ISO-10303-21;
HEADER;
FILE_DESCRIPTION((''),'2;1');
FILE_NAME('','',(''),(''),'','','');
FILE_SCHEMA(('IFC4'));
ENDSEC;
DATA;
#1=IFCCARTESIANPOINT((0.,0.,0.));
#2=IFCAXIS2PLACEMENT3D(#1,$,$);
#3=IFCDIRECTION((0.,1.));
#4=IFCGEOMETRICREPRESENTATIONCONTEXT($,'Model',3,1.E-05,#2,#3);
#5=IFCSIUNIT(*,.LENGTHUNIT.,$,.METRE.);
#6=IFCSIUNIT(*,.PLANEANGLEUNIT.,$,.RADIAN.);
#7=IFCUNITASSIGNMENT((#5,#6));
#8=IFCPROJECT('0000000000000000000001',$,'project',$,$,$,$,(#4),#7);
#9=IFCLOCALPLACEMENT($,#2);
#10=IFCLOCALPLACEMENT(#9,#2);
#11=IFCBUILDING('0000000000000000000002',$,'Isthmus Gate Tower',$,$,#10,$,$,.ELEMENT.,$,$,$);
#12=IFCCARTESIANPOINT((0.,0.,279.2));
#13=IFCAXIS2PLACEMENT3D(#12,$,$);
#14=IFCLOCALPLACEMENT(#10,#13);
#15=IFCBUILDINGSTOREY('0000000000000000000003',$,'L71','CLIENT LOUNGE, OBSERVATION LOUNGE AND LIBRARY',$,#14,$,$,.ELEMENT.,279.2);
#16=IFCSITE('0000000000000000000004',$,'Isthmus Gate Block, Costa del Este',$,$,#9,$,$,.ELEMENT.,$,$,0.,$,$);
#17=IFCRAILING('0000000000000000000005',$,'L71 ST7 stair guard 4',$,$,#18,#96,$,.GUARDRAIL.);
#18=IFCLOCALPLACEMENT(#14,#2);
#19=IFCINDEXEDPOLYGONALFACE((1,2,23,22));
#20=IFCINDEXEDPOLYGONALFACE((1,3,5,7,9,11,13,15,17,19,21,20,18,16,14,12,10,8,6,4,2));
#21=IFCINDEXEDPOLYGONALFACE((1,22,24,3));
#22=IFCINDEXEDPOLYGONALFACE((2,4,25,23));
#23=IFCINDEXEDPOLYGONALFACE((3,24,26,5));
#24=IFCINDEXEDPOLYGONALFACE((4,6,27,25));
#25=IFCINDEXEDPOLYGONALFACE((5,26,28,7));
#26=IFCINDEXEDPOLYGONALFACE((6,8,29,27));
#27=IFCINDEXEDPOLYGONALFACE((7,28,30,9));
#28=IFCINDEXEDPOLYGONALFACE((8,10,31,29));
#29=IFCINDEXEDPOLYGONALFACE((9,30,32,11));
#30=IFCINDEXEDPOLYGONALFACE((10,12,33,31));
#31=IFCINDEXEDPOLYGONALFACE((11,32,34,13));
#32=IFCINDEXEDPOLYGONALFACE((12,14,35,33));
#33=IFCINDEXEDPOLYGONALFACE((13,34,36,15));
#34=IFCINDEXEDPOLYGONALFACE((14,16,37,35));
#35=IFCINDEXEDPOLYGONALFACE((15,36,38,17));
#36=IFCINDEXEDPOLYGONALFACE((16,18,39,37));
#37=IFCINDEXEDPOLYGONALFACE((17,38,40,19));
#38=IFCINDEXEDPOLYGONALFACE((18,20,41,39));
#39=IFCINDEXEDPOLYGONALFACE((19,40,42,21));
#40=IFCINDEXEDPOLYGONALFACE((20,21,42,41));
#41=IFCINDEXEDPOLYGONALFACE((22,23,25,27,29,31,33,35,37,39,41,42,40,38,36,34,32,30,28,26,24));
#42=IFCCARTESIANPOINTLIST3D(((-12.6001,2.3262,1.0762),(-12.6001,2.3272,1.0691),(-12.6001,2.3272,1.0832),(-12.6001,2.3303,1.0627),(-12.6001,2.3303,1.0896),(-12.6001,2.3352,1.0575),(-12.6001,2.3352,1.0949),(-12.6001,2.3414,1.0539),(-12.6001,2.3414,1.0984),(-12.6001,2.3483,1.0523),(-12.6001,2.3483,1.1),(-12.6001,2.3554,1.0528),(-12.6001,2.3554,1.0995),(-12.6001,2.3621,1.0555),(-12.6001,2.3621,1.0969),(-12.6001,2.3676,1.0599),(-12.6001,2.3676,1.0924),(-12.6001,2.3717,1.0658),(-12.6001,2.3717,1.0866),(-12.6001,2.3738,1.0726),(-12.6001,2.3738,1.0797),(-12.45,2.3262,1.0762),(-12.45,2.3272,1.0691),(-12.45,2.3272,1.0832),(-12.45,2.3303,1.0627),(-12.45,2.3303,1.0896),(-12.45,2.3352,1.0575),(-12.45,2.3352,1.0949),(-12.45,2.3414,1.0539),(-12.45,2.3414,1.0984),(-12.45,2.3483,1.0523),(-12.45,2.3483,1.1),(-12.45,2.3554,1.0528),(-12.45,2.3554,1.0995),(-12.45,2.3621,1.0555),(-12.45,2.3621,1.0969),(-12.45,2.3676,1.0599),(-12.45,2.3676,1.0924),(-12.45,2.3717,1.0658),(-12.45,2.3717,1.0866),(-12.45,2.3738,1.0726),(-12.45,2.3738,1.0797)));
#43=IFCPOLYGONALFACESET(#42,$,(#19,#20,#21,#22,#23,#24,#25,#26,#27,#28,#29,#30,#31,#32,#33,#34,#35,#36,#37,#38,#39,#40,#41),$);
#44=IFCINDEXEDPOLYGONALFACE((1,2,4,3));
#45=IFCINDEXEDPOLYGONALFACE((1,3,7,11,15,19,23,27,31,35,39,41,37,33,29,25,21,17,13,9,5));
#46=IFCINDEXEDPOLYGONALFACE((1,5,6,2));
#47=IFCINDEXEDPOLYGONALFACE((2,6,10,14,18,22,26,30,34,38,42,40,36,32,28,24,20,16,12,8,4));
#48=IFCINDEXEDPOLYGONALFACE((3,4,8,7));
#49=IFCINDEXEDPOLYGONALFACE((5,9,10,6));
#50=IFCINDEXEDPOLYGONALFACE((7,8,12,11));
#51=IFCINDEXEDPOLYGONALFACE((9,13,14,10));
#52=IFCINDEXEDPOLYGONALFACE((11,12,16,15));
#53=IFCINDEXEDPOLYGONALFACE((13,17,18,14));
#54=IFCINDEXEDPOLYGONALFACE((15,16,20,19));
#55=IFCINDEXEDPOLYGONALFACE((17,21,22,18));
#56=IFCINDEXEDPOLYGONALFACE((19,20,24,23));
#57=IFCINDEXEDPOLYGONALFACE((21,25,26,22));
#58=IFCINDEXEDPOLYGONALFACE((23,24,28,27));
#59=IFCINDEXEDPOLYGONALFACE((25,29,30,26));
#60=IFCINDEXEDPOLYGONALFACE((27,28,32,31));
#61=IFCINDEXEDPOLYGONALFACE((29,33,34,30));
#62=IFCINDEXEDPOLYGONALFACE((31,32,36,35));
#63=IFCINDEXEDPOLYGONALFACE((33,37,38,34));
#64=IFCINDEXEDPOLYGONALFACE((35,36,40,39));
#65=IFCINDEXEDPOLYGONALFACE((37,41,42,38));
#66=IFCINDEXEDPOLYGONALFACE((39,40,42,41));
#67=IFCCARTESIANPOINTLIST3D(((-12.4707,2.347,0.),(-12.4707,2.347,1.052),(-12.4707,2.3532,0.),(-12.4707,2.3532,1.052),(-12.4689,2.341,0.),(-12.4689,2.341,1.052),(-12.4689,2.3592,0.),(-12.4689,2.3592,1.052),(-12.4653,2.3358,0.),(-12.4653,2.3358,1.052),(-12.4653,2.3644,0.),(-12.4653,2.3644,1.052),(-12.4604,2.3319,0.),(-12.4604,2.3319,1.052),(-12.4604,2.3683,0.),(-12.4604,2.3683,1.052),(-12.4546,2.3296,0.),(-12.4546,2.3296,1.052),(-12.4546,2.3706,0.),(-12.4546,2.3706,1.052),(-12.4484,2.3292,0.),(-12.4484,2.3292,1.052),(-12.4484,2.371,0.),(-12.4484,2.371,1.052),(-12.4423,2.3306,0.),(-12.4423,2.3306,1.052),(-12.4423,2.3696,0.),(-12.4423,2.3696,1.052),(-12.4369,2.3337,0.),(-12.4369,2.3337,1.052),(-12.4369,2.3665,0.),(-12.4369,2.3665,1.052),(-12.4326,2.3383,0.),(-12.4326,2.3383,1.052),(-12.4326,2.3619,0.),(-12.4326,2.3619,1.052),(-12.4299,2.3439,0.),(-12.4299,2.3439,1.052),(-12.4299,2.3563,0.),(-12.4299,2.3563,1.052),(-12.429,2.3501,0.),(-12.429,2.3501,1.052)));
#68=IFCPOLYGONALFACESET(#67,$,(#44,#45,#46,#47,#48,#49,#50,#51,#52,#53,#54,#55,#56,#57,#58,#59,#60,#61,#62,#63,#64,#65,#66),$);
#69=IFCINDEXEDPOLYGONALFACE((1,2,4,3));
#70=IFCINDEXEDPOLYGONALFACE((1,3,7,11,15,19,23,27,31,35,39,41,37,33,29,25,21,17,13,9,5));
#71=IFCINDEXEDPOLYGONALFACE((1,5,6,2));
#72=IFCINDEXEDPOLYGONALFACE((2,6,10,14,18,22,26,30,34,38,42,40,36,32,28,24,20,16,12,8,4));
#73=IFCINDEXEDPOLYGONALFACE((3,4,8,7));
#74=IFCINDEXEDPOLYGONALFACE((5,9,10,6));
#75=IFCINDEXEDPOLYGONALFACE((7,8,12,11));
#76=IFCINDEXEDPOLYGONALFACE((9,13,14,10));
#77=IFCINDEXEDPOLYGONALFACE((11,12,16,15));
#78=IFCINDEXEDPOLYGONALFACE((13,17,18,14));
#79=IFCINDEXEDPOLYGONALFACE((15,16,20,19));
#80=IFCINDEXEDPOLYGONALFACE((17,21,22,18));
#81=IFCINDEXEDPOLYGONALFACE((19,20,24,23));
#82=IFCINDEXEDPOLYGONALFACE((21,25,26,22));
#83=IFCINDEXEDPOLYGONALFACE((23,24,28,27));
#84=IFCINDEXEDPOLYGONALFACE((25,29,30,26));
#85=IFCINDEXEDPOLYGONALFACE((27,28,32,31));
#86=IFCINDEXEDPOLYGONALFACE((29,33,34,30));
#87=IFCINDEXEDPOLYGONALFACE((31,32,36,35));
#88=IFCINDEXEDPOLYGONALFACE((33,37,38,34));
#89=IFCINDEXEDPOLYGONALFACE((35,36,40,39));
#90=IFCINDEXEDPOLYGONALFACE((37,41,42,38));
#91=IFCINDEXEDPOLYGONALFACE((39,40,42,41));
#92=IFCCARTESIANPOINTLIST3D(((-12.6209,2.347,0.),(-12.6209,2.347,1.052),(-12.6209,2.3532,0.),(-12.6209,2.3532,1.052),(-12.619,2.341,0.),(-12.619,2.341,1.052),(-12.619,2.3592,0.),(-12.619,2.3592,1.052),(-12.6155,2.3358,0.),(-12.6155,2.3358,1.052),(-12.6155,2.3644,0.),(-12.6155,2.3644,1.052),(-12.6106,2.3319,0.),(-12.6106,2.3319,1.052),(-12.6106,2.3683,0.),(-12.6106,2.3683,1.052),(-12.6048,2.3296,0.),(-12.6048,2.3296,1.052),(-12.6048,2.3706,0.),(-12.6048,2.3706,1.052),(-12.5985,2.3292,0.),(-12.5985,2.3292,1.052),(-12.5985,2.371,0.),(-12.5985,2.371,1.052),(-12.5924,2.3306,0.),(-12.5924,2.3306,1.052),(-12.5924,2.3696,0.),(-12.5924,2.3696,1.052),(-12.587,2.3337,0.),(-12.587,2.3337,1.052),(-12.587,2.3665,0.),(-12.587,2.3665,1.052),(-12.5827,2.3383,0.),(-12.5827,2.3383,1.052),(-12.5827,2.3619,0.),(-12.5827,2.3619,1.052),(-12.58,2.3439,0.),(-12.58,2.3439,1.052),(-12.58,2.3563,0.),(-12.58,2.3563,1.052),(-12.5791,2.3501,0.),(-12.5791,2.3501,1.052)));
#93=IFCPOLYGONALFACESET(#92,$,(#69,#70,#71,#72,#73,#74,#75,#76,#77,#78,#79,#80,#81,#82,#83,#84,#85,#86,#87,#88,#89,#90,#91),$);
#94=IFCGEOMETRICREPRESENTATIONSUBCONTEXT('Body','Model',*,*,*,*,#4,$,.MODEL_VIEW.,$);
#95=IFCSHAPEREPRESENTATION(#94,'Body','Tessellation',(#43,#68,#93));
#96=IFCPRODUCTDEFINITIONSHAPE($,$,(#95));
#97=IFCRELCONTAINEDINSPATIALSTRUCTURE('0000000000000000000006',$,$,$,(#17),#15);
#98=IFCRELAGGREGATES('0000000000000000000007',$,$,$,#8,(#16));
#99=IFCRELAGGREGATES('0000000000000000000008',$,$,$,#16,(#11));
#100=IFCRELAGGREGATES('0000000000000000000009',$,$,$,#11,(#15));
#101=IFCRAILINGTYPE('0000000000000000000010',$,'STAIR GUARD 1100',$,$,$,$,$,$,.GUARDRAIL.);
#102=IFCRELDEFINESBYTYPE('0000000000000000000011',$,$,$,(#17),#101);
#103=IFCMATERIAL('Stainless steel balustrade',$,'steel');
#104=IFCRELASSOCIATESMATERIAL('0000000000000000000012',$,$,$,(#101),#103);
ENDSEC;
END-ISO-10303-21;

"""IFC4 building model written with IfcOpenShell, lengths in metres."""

from ifc_helpers import new_model, si_unit, direction, frame, origin, origin_2d, place, context, subcontext, project, spatial, circle, extrude, material, type_object, element, save


model = new_model("IFC4")

# Units and contexts
model_context = context("Model", 3, precision=1e-05, world=origin(), true_north=direction((0.0, 1.0)))
body_context = subcontext(model_context, "Body", "Model", "MODEL_VIEW")
ifc_project = project(units=[si_unit("LENGTHUNIT", "METRE"), si_unit("PLANEANGLEUNIT", "RADIAN")], contexts=[model_context])

# Site, building, storey
site_placement = place(None, origin())
site = spatial("IfcSite", under=ifc_project, at=site_placement, Name="Isthmus Gate Block, Costa del Este", CompositionType="ELEMENT", RefElevation=0.0)
building_placement = place(site_placement, origin())
building = spatial("IfcBuilding", under=site, at=building_placement, Name="Isthmus Gate Tower", CompositionType="ELEMENT")
storey_placement = place(building_placement, frame((0.0, 0.0, 279.2)))
storey = spatial("IfcBuildingStorey", under=building, at=storey_placement, Name="L71", Description="CLIENT LOUNGE, OBSERVATION LOUNGE AND LIBRARY", CompositionType="ELEMENT", Elevation=279.2)

# Railing
ifc_material_1 = material(Name="Stainless steel balustrade", Category="steel")
railing_type_1 = type_object("IfcRailingType", Name="STAIR GUARD 1100", PredefinedType="GUARDRAIL", material=ifc_material_1)
railing_1_placement = place(storey_placement, frame((-12.45, 2.3501, 0.0)))
element("IfcRailing", 1, at=railing_1_placement, inside=storey, type_object=railing_type_1, Name="L71 ST7 stair guard 4", PredefinedType="GUARDRAIL", context=body_context, shape_type="SweptSolid", body=[
    extrude(circle(Radius=0.0239, at=origin_2d()), frame((0.0, 0.0, 1.0762), z_axis=(-1.0, 0.0, 0.0), x_axis=(0.0, -1.0, 0.0)), (0.0, 0.0, 1.0), 0.1501),
    extrude(circle(Radius=0.021, at=origin_2d()), origin(), (0.0, 0.0, 1.0), 1.052),
    extrude(circle(Radius=0.021, at=origin_2d()), frame((-0.1501, 0.0, 0.0)), (0.0, 0.0, 1.0), 1.052),
])

save(model, "model.ifc")
